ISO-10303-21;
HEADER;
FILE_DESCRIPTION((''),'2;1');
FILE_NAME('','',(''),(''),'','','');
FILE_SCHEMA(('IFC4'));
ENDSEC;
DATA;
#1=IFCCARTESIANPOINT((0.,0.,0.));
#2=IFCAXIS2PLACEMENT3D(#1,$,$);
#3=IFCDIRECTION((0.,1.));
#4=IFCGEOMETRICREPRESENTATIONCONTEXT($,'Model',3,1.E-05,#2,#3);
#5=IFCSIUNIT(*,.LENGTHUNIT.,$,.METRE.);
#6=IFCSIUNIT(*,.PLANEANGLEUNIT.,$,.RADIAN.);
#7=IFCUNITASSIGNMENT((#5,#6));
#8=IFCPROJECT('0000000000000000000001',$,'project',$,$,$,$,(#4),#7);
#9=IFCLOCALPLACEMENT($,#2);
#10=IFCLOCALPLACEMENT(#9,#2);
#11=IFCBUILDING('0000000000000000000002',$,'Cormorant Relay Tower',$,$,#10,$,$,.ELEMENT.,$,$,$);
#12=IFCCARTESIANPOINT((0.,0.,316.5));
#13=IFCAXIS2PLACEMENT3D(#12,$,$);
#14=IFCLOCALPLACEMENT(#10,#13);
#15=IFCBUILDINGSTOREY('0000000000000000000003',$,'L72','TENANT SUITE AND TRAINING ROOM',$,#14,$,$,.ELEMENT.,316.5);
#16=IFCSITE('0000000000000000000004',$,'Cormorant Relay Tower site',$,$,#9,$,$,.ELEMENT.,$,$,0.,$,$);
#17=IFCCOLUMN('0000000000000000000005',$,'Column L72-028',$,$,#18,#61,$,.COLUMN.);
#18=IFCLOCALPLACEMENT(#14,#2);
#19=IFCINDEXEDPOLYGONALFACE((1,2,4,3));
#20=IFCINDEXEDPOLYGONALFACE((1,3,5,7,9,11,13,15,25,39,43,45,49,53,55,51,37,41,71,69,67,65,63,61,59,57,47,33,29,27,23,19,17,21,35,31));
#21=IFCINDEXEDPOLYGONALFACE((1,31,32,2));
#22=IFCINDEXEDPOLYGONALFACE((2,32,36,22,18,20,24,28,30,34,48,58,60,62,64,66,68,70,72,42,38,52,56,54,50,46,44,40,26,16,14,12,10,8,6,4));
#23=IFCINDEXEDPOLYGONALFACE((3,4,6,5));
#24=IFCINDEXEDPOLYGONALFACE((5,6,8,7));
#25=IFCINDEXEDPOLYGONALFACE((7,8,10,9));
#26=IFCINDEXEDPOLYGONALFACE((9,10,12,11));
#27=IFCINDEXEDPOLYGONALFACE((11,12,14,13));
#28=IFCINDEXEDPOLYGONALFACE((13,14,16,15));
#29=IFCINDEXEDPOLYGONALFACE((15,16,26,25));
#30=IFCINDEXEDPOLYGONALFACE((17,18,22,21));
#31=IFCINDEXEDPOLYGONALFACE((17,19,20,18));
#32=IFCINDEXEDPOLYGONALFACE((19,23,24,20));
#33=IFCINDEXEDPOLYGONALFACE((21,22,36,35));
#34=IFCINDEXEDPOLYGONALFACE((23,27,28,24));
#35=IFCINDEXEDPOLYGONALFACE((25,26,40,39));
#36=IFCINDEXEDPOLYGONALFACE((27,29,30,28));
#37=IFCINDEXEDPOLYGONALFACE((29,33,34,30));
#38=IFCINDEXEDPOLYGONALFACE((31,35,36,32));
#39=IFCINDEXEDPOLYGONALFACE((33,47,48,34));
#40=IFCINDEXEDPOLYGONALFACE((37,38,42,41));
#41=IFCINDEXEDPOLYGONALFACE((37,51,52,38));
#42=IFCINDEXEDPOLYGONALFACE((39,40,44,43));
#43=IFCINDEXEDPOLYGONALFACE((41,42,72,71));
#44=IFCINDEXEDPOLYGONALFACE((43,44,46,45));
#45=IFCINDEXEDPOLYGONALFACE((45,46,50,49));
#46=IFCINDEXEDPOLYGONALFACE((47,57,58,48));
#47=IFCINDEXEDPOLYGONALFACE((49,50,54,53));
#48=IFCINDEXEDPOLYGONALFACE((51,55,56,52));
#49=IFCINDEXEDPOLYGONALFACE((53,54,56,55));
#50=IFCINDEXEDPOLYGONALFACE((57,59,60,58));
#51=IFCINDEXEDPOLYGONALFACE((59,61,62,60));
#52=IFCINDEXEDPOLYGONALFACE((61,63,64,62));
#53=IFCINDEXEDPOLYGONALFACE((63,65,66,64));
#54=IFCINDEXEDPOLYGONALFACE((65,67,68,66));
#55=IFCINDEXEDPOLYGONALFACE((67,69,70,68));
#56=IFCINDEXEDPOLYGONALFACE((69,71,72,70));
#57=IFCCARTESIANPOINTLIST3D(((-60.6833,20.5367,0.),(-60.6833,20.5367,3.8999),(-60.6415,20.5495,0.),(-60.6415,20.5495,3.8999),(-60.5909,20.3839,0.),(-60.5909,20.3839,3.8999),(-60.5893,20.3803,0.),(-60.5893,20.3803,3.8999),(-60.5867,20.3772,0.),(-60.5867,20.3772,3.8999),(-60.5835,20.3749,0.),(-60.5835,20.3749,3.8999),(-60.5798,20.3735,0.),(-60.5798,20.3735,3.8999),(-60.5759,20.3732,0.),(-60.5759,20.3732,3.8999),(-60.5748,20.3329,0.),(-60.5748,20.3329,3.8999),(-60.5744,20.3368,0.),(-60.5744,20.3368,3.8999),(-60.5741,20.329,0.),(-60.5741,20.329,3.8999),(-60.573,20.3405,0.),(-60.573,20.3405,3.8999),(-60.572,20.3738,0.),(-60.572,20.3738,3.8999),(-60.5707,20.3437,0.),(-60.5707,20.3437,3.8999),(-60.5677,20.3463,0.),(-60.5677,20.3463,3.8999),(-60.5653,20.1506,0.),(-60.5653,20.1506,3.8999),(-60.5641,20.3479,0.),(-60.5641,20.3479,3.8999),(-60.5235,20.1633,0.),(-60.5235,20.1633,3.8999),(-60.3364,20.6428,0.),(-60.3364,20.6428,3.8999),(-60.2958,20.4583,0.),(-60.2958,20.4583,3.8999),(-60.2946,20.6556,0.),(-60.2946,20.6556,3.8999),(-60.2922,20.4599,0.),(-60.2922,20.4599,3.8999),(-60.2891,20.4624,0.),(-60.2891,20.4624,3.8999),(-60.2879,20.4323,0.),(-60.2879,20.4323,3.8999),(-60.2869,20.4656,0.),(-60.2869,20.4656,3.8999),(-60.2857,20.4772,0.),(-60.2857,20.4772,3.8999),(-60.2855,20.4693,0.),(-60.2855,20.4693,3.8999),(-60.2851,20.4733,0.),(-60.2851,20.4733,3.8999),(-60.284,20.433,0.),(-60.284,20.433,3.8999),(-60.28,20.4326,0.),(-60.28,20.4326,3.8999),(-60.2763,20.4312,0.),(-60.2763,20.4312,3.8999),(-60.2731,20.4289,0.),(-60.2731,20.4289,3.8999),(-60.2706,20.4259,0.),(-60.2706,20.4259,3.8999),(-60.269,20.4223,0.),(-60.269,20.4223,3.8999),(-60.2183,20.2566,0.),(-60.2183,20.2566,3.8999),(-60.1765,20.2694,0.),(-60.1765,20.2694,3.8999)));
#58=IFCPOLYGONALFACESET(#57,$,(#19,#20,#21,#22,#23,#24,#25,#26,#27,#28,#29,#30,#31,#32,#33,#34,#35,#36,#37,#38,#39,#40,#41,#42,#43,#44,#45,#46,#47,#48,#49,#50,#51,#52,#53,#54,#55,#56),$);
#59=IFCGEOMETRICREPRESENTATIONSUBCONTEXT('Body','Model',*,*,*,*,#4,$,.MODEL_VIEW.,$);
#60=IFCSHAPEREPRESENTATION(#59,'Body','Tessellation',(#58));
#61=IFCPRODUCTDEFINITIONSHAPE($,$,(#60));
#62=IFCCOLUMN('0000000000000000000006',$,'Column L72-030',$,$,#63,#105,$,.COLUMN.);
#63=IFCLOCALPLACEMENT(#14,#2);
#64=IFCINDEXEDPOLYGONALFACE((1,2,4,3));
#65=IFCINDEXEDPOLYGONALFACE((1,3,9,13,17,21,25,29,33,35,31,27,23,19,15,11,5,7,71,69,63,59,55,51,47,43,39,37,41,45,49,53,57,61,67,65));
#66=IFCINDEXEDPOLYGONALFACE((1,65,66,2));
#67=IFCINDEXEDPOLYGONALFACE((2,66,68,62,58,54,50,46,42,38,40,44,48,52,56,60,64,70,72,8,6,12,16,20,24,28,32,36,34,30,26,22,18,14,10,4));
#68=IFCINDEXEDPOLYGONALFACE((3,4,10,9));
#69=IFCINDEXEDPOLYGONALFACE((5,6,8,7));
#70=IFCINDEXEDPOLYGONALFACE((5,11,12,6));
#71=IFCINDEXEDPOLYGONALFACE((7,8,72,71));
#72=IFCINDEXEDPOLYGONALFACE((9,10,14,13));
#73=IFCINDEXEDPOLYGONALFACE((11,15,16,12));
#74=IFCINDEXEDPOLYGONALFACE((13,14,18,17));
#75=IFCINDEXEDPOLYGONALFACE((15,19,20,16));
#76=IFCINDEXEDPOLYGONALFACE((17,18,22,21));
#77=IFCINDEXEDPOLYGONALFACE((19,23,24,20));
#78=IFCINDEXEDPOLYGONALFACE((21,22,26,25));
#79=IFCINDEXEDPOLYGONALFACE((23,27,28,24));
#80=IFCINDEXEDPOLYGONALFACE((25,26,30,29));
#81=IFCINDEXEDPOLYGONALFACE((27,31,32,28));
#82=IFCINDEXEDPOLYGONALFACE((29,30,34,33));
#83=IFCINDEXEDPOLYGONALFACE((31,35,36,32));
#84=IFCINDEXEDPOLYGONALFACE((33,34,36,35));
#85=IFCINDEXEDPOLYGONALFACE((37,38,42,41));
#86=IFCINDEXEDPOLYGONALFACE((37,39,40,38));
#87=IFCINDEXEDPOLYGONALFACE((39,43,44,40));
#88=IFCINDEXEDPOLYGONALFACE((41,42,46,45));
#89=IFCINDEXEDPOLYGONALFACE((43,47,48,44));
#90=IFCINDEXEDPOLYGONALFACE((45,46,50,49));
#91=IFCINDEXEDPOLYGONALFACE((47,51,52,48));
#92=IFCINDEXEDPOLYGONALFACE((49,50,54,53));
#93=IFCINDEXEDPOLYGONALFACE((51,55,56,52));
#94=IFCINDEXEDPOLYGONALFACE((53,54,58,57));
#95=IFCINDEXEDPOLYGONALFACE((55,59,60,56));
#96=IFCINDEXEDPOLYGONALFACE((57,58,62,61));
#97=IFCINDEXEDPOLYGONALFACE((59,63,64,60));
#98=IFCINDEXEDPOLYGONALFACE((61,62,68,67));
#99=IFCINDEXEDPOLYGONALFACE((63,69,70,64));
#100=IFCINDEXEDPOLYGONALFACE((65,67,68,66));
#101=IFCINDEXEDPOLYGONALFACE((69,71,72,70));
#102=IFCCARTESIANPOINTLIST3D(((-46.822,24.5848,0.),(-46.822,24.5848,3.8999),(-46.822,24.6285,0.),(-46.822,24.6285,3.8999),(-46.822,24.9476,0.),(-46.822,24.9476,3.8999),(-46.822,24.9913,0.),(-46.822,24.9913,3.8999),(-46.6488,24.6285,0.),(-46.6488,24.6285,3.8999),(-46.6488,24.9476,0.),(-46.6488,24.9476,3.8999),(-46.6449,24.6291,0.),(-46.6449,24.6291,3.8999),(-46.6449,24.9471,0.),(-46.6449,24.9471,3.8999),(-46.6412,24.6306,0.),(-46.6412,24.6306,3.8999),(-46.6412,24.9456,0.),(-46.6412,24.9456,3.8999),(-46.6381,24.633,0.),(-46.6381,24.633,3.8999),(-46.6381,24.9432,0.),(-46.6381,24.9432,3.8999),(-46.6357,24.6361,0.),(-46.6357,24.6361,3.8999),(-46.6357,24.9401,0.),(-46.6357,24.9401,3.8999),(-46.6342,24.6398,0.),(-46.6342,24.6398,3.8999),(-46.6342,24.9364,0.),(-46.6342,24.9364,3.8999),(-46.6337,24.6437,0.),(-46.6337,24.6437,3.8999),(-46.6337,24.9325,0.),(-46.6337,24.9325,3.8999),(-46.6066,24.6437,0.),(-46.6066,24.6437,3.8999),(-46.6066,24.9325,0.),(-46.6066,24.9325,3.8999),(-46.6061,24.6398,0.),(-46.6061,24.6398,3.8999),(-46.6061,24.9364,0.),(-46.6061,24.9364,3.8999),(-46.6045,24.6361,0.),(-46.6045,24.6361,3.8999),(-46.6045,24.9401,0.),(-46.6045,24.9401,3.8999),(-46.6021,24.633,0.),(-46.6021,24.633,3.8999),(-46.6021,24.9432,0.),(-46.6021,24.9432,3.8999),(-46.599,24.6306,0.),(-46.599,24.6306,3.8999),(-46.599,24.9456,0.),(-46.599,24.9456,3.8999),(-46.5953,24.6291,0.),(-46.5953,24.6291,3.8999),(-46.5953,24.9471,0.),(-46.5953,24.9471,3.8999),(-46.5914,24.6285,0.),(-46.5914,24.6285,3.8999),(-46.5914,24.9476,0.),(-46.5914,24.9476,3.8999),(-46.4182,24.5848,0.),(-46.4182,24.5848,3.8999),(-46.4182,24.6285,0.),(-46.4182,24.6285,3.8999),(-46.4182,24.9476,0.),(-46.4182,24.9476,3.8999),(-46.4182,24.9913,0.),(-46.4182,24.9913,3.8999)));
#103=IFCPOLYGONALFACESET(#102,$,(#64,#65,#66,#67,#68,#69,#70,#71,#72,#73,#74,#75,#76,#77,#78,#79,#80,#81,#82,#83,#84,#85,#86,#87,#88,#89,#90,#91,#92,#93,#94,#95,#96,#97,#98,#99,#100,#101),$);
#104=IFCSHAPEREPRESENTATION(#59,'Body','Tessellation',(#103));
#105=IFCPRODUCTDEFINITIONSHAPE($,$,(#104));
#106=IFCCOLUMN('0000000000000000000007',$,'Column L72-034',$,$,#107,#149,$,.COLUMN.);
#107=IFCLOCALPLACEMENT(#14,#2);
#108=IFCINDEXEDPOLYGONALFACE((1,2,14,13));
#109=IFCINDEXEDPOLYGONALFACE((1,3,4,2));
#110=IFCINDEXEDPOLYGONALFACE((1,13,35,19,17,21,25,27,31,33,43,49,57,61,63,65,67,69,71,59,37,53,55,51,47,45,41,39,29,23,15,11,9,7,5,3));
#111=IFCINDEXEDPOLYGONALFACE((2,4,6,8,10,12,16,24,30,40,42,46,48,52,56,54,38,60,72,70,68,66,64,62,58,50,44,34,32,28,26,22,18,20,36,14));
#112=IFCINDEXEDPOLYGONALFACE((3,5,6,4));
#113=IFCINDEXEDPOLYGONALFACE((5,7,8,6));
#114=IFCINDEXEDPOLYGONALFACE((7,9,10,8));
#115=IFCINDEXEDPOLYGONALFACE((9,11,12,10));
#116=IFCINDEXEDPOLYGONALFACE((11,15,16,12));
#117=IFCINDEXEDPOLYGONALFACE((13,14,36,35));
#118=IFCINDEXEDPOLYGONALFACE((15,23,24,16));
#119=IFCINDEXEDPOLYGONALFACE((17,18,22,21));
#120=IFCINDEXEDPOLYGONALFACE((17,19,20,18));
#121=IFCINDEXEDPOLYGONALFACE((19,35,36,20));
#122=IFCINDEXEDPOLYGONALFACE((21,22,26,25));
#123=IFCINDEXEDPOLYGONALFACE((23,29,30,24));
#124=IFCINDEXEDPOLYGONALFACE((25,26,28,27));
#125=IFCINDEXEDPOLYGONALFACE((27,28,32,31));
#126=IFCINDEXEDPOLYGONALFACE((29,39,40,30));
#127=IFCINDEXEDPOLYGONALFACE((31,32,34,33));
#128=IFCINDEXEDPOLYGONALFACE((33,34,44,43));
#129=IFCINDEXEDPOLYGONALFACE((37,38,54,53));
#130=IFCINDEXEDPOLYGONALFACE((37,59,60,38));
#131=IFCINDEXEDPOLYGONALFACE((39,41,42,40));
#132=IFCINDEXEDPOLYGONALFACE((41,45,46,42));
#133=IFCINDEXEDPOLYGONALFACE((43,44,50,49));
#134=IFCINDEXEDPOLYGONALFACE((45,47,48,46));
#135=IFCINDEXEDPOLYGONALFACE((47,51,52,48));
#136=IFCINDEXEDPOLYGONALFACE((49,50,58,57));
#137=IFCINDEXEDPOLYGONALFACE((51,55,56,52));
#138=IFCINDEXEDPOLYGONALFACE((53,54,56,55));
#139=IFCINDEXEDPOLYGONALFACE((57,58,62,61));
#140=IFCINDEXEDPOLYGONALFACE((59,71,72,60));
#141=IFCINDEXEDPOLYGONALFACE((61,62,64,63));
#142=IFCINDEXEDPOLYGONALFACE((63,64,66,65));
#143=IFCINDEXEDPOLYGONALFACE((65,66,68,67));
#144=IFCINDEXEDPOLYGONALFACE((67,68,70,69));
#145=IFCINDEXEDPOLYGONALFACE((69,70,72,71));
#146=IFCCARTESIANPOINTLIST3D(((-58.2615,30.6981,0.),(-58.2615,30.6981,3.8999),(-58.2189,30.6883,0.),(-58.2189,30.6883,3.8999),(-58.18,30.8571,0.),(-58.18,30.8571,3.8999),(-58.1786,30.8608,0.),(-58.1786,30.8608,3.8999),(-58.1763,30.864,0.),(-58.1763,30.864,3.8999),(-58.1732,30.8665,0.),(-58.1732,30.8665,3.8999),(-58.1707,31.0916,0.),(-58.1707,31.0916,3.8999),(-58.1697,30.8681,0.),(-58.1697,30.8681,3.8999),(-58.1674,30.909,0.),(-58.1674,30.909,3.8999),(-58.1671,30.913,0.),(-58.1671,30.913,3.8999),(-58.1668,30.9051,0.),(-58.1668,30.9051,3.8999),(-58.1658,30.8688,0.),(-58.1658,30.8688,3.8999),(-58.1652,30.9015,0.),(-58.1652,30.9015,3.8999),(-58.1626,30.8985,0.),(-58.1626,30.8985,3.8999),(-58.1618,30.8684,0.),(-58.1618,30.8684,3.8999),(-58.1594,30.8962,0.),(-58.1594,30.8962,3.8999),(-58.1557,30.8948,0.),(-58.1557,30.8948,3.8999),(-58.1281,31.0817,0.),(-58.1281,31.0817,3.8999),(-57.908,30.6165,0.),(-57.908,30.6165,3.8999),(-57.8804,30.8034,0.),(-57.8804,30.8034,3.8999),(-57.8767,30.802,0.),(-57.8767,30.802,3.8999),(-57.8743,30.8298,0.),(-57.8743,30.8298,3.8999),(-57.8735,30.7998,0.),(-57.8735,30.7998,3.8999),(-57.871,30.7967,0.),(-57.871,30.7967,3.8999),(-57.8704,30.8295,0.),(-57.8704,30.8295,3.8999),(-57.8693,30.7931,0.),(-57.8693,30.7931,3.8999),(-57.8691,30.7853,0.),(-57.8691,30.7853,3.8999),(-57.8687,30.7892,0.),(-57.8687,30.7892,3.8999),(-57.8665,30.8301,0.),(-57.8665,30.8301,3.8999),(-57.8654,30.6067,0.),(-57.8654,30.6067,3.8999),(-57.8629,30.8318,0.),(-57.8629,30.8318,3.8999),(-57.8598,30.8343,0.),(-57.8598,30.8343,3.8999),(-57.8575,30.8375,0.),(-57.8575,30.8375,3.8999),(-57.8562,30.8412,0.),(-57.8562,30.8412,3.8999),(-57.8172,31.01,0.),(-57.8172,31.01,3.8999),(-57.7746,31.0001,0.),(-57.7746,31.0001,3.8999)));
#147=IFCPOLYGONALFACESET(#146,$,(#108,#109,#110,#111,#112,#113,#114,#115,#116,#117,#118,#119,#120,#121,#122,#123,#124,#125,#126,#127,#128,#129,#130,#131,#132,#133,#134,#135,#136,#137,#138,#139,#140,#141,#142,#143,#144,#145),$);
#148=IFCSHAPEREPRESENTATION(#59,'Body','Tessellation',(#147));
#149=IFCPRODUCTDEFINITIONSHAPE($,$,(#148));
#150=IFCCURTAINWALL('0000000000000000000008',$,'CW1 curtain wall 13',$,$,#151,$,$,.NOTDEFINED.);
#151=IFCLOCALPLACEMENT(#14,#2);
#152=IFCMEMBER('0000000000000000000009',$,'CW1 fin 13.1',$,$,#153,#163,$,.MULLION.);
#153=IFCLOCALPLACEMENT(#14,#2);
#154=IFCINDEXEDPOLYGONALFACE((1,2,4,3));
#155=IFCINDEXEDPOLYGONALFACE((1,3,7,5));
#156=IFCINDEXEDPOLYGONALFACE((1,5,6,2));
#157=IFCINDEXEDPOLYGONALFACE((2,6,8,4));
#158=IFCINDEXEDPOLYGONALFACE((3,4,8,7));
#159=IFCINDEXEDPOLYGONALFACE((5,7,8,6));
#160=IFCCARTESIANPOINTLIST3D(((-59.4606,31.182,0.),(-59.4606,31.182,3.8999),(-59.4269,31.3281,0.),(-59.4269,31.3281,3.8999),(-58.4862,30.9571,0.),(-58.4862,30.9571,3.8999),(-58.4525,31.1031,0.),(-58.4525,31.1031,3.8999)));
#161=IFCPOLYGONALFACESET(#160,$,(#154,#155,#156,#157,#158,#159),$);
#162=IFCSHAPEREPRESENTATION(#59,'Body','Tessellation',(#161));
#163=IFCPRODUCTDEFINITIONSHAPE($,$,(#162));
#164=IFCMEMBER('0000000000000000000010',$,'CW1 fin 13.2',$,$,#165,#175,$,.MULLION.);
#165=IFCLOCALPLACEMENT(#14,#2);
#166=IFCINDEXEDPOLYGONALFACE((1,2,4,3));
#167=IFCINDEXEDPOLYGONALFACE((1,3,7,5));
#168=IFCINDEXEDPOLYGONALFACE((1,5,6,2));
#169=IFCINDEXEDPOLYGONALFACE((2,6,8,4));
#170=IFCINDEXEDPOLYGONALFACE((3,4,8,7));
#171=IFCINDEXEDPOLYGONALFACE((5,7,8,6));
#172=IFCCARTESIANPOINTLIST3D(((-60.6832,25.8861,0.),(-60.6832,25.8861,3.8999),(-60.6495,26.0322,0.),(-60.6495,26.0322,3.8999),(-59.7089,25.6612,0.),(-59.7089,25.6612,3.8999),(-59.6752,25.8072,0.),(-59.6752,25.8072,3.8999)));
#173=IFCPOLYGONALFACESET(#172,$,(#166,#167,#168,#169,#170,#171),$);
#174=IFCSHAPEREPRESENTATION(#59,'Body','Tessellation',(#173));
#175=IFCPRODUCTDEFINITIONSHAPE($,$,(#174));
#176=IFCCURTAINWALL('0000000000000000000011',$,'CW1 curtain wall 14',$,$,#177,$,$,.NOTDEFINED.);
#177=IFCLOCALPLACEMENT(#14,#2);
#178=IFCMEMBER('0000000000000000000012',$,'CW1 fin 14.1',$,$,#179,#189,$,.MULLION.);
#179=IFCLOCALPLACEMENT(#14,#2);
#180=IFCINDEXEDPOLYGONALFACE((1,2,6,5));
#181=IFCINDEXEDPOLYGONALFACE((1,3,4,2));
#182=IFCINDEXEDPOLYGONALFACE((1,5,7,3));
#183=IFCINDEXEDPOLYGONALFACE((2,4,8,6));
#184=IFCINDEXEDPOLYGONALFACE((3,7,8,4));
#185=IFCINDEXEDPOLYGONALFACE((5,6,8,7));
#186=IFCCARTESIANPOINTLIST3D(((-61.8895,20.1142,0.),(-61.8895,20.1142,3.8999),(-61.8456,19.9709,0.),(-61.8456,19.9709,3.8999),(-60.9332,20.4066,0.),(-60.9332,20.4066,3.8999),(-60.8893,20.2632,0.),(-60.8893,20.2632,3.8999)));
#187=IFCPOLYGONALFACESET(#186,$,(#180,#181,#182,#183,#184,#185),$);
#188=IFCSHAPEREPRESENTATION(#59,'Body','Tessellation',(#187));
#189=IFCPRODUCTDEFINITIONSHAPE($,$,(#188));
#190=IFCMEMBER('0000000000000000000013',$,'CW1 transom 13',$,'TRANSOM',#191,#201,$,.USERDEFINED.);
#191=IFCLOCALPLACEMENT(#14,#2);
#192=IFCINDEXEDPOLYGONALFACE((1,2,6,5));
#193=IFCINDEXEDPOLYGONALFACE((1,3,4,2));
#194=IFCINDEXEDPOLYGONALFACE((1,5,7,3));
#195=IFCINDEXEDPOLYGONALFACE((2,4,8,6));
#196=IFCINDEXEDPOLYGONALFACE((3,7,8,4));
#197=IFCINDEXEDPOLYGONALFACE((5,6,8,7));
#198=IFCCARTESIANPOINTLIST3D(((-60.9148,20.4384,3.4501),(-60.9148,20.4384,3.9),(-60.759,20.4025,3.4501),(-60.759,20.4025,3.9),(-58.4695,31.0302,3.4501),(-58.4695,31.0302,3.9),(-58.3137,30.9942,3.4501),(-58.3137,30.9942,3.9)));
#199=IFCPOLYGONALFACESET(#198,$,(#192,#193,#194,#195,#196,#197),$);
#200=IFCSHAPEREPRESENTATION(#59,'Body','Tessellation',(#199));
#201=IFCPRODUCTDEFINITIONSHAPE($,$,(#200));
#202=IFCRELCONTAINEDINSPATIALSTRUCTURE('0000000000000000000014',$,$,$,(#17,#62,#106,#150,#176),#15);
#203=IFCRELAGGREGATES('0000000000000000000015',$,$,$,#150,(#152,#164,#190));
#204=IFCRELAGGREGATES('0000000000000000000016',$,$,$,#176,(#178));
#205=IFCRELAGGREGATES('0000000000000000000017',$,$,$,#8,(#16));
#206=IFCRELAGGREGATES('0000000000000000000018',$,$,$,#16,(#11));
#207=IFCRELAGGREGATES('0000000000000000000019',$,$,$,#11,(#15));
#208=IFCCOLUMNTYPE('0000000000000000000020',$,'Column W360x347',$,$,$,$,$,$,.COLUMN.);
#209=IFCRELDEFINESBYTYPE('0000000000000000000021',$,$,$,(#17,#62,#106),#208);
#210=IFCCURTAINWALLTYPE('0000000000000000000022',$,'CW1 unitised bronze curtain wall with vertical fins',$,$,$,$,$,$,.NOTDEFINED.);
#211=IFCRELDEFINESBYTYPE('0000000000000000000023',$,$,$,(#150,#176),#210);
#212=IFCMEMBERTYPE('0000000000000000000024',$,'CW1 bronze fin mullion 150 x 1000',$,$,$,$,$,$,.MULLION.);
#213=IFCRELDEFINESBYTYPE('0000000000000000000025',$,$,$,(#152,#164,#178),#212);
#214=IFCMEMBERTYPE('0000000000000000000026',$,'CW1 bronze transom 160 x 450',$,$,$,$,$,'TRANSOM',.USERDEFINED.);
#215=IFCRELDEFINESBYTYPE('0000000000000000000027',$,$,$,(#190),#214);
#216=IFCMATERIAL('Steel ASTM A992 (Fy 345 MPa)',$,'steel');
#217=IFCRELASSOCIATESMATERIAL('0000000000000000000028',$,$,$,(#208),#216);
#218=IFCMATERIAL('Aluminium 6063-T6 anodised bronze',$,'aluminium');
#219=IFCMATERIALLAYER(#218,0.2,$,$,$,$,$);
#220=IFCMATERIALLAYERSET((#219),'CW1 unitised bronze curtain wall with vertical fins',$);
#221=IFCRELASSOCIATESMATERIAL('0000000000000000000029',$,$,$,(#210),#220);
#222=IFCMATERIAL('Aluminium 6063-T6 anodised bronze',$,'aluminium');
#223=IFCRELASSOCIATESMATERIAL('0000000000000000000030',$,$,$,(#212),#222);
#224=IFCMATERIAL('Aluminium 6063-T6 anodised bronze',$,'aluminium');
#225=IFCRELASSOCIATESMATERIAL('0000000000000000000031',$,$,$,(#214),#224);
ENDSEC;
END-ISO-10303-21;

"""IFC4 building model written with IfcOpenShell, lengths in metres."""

from ifc_helpers import new_model, si_unit, direction, frame, origin, origin_2d, place, context, subcontext, project, spatial, rectangle, i_section, extrude, material, layer, layer_set, material_profile, profile_set, type_object, element, aggregate, save


model = new_model("IFC4")

# Units and contexts
model_context = context("Model", 3, precision=1e-05, world=origin(), true_north=direction((0.0, 1.0)))
body_context = subcontext(model_context, "Body", "Model", "MODEL_VIEW")
ifc_project = project(units=[si_unit("LENGTHUNIT", "METRE"), si_unit("PLANEANGLEUNIT", "RADIAN")], contexts=[model_context])

# Site, building, storey
site_placement = place(None, origin())
site = spatial("IfcSite", under=ifc_project, at=site_placement, Name="Cormorant Relay Tower site", CompositionType="ELEMENT", RefElevation=0.0)
building_placement = place(site_placement, origin())
building = spatial("IfcBuilding", under=site, at=building_placement, Name="Cormorant Relay Tower", CompositionType="ELEMENT")
storey_placement = place(building_placement, frame((0.0, 0.0, 316.5)))
storey = spatial("IfcBuildingStorey", under=building, at=storey_placement, Name="L72", Description="TENANT SUITE AND TRAINING ROOM", CompositionType="ELEMENT", Elevation=316.5)

# Columns
ifc_material_1 = material(Name="Steel ASTM A992 (Fy 345 MPa)", Category="steel")
ifc_material_profile_1 = material_profile(ifc_material_1, i_section(OverallWidth=0.4038, OverallDepth=0.4065, WebThickness=0.0271, FlangeThickness=0.0437, FilletRadius=0.0151, at=origin_2d()), Name="W360x347")
ifc_profile_set_1 = profile_set([ifc_material_profile_1], Name="Steel ASTM A992 (Fy 345 MPa)")
column_type = type_object("IfcColumnType", Name="Column W360x347", PredefinedType="COLUMN", material=ifc_profile_set_1)
for number, where, z_axis, x_axis, name in (
    (1, (-60.4299, 20.4031, 0.0), (0.0, 0.0, 1.0), (0.292372, -0.956305, 0.0), "Column L72-028"),
    (2, (-46.6201, 24.7881, 0.0), (0.0, 0.0, 1.0), (1.0, 0.0, 0.0), "Column L72-030"),
    (3, (-58.0181, 30.8491, 0.0), (0.0, 0.0, 1.0), (-0.224951, -0.97437, 0.0), "Column L72-034"),
):
    element("IfcColumn", number, at=place(storey_placement, frame(where, z_axis=z_axis, x_axis=x_axis)), inside=storey, type_object=column_type, Name=name, PredefinedType="COLUMN", context=body_context, shape_type="SweptSolid", body=[
        extrude(i_section(OverallWidth=0.4038, OverallDepth=0.4065, WebThickness=0.0271, FlangeThickness=0.0437, FilletRadius=0.0151, at=origin_2d()), origin(), (0.0, 0.0, 1.0), 3.8999),
    ])

# Curtain wall, members
ifc_material_2 = material(Name="Aluminium 6063-T6 anodised bronze", Category="aluminium")
ifc_layer_1 = layer(ifc_material_2, 0.2)
ifc_layer_set_1 = layer_set([ifc_layer_1], Name="CW1 unitised bronze curtain wall with vertical fins")
curtain_wall_type = type_object("IfcCurtainWallType", Name="CW1 unitised bronze curtain wall with vertical fins", PredefinedType="NOTDEFINED", material=ifc_layer_set_1)
curtain_wall_1_placement = place(storey_placement, origin())
curtain_wall_1 = element("IfcCurtainWall", 4, at=curtain_wall_1_placement, inside=storey, type_object=curtain_wall_type, Name="CW1 curtain wall 13", PredefinedType="NOTDEFINED")
ifc_material_3 = material(Name="Aluminium 6063-T6 anodised bronze", Category="aluminium")
ifc_material_profile_2 = material_profile(ifc_material_3, rectangle(XDim=0.1499, YDim=1.0, at=origin_2d()), Name="AL 150x1000")
ifc_profile_set_2 = profile_set([ifc_material_profile_2], Name="Aluminium 6063-T6 anodised bronze")
member_type_1 = type_object("IfcMemberType", Name="CW1 bronze fin mullion 150 x 1000", PredefinedType="MULLION", material=ifc_profile_set_2)
member_1_placement = place(storey_placement, frame((-58.9565, 31.1426, 0.0), z_axis=(0.0, 0.0, 1.0), x_axis=(-0.224951, -0.97437, 0.0)))
member_1 = element("IfcMember", 5, at=member_1_placement, type_object=member_type_1, Name="CW1 fin 13.1", PredefinedType="MULLION", context=body_context, shape_type="SweptSolid", body=[
    extrude(rectangle(XDim=0.1499, YDim=1.0, at=origin_2d()), origin(), (0.0, 0.0, 1.0), 3.8999),
])
member_2_placement = place(storey_placement, frame((-60.1792, 25.8467, 0.0), z_axis=(0.0, 0.0, 1.0), x_axis=(-0.224951, -0.97437, 0.0)))
member_2 = element("IfcMember", 6, at=member_2_placement, type_object=member_type_1, Name="CW1 fin 13.2", PredefinedType="MULLION", context=body_context, shape_type="SweptSolid", body=[
    extrude(rectangle(XDim=0.1499, YDim=1.0, at=origin_2d()), origin(), (0.0, 0.0, 1.0), 3.8999),
])

# Curtain wall, member
curtain_wall_2_placement = place(storey_placement, origin())
curtain_wall_2 = element("IfcCurtainWall", 7, at=curtain_wall_2_placement, inside=storey, type_object=curtain_wall_type, Name="CW1 curtain wall 14", PredefinedType="NOTDEFINED")
member_3_placement = place(storey_placement, frame((-61.3894, 20.1887, 0.0), z_axis=(0.0, 0.0, 1.0), x_axis=(0.292372, -0.956305, 0.0)))
member_3 = element("IfcMember", 8, at=member_3_placement, type_object=member_type_1, Name="CW1 fin 14.1", PredefinedType="MULLION", context=body_context, shape_type="SweptSolid", body=[
    extrude(rectangle(XDim=0.1499, YDim=1.0, at=origin_2d()), origin(), (0.0, 0.0, 1.0), 3.8999),
])

# Member
ifc_material_4 = material(Name="Aluminium 6063-T6 anodised bronze", Category="aluminium")
ifc_material_profile_3 = material_profile(ifc_material_4, rectangle(XDim=0.1599, YDim=0.45, at=origin_2d()), Name="AL 160x450")
ifc_profile_set_3 = profile_set([ifc_material_profile_3], Name="Aluminium 6063-T6 anodised bronze")
member_type_2 = type_object("IfcMemberType", Name="CW1 bronze transom 160 x 450", ElementType="TRANSOM", PredefinedType="USERDEFINED", material=ifc_profile_set_3)
member_4_placement = place(storey_placement, frame((-58.3916, 31.0122, 3.675), z_axis=(-0.224951, -0.97437, 0.0), x_axis=(0.97437, -0.224951, 0.0)))
member_4 = element("IfcMember", 9, at=member_4_placement, type_object=member_type_2, Name="CW1 transom 13", ObjectType="TRANSOM", PredefinedType="USERDEFINED", context=body_context, shape_type="SweptSolid", body=[
    extrude(rectangle(XDim=0.1599, YDim=0.45, at=origin_2d()), origin(), (0.0, 0.0, 1.0), 10.8704),
])

aggregate(curtain_wall_1, [member_1, member_2, member_4])
aggregate(curtain_wall_2, [member_3])

save(model, "model.ifc")
